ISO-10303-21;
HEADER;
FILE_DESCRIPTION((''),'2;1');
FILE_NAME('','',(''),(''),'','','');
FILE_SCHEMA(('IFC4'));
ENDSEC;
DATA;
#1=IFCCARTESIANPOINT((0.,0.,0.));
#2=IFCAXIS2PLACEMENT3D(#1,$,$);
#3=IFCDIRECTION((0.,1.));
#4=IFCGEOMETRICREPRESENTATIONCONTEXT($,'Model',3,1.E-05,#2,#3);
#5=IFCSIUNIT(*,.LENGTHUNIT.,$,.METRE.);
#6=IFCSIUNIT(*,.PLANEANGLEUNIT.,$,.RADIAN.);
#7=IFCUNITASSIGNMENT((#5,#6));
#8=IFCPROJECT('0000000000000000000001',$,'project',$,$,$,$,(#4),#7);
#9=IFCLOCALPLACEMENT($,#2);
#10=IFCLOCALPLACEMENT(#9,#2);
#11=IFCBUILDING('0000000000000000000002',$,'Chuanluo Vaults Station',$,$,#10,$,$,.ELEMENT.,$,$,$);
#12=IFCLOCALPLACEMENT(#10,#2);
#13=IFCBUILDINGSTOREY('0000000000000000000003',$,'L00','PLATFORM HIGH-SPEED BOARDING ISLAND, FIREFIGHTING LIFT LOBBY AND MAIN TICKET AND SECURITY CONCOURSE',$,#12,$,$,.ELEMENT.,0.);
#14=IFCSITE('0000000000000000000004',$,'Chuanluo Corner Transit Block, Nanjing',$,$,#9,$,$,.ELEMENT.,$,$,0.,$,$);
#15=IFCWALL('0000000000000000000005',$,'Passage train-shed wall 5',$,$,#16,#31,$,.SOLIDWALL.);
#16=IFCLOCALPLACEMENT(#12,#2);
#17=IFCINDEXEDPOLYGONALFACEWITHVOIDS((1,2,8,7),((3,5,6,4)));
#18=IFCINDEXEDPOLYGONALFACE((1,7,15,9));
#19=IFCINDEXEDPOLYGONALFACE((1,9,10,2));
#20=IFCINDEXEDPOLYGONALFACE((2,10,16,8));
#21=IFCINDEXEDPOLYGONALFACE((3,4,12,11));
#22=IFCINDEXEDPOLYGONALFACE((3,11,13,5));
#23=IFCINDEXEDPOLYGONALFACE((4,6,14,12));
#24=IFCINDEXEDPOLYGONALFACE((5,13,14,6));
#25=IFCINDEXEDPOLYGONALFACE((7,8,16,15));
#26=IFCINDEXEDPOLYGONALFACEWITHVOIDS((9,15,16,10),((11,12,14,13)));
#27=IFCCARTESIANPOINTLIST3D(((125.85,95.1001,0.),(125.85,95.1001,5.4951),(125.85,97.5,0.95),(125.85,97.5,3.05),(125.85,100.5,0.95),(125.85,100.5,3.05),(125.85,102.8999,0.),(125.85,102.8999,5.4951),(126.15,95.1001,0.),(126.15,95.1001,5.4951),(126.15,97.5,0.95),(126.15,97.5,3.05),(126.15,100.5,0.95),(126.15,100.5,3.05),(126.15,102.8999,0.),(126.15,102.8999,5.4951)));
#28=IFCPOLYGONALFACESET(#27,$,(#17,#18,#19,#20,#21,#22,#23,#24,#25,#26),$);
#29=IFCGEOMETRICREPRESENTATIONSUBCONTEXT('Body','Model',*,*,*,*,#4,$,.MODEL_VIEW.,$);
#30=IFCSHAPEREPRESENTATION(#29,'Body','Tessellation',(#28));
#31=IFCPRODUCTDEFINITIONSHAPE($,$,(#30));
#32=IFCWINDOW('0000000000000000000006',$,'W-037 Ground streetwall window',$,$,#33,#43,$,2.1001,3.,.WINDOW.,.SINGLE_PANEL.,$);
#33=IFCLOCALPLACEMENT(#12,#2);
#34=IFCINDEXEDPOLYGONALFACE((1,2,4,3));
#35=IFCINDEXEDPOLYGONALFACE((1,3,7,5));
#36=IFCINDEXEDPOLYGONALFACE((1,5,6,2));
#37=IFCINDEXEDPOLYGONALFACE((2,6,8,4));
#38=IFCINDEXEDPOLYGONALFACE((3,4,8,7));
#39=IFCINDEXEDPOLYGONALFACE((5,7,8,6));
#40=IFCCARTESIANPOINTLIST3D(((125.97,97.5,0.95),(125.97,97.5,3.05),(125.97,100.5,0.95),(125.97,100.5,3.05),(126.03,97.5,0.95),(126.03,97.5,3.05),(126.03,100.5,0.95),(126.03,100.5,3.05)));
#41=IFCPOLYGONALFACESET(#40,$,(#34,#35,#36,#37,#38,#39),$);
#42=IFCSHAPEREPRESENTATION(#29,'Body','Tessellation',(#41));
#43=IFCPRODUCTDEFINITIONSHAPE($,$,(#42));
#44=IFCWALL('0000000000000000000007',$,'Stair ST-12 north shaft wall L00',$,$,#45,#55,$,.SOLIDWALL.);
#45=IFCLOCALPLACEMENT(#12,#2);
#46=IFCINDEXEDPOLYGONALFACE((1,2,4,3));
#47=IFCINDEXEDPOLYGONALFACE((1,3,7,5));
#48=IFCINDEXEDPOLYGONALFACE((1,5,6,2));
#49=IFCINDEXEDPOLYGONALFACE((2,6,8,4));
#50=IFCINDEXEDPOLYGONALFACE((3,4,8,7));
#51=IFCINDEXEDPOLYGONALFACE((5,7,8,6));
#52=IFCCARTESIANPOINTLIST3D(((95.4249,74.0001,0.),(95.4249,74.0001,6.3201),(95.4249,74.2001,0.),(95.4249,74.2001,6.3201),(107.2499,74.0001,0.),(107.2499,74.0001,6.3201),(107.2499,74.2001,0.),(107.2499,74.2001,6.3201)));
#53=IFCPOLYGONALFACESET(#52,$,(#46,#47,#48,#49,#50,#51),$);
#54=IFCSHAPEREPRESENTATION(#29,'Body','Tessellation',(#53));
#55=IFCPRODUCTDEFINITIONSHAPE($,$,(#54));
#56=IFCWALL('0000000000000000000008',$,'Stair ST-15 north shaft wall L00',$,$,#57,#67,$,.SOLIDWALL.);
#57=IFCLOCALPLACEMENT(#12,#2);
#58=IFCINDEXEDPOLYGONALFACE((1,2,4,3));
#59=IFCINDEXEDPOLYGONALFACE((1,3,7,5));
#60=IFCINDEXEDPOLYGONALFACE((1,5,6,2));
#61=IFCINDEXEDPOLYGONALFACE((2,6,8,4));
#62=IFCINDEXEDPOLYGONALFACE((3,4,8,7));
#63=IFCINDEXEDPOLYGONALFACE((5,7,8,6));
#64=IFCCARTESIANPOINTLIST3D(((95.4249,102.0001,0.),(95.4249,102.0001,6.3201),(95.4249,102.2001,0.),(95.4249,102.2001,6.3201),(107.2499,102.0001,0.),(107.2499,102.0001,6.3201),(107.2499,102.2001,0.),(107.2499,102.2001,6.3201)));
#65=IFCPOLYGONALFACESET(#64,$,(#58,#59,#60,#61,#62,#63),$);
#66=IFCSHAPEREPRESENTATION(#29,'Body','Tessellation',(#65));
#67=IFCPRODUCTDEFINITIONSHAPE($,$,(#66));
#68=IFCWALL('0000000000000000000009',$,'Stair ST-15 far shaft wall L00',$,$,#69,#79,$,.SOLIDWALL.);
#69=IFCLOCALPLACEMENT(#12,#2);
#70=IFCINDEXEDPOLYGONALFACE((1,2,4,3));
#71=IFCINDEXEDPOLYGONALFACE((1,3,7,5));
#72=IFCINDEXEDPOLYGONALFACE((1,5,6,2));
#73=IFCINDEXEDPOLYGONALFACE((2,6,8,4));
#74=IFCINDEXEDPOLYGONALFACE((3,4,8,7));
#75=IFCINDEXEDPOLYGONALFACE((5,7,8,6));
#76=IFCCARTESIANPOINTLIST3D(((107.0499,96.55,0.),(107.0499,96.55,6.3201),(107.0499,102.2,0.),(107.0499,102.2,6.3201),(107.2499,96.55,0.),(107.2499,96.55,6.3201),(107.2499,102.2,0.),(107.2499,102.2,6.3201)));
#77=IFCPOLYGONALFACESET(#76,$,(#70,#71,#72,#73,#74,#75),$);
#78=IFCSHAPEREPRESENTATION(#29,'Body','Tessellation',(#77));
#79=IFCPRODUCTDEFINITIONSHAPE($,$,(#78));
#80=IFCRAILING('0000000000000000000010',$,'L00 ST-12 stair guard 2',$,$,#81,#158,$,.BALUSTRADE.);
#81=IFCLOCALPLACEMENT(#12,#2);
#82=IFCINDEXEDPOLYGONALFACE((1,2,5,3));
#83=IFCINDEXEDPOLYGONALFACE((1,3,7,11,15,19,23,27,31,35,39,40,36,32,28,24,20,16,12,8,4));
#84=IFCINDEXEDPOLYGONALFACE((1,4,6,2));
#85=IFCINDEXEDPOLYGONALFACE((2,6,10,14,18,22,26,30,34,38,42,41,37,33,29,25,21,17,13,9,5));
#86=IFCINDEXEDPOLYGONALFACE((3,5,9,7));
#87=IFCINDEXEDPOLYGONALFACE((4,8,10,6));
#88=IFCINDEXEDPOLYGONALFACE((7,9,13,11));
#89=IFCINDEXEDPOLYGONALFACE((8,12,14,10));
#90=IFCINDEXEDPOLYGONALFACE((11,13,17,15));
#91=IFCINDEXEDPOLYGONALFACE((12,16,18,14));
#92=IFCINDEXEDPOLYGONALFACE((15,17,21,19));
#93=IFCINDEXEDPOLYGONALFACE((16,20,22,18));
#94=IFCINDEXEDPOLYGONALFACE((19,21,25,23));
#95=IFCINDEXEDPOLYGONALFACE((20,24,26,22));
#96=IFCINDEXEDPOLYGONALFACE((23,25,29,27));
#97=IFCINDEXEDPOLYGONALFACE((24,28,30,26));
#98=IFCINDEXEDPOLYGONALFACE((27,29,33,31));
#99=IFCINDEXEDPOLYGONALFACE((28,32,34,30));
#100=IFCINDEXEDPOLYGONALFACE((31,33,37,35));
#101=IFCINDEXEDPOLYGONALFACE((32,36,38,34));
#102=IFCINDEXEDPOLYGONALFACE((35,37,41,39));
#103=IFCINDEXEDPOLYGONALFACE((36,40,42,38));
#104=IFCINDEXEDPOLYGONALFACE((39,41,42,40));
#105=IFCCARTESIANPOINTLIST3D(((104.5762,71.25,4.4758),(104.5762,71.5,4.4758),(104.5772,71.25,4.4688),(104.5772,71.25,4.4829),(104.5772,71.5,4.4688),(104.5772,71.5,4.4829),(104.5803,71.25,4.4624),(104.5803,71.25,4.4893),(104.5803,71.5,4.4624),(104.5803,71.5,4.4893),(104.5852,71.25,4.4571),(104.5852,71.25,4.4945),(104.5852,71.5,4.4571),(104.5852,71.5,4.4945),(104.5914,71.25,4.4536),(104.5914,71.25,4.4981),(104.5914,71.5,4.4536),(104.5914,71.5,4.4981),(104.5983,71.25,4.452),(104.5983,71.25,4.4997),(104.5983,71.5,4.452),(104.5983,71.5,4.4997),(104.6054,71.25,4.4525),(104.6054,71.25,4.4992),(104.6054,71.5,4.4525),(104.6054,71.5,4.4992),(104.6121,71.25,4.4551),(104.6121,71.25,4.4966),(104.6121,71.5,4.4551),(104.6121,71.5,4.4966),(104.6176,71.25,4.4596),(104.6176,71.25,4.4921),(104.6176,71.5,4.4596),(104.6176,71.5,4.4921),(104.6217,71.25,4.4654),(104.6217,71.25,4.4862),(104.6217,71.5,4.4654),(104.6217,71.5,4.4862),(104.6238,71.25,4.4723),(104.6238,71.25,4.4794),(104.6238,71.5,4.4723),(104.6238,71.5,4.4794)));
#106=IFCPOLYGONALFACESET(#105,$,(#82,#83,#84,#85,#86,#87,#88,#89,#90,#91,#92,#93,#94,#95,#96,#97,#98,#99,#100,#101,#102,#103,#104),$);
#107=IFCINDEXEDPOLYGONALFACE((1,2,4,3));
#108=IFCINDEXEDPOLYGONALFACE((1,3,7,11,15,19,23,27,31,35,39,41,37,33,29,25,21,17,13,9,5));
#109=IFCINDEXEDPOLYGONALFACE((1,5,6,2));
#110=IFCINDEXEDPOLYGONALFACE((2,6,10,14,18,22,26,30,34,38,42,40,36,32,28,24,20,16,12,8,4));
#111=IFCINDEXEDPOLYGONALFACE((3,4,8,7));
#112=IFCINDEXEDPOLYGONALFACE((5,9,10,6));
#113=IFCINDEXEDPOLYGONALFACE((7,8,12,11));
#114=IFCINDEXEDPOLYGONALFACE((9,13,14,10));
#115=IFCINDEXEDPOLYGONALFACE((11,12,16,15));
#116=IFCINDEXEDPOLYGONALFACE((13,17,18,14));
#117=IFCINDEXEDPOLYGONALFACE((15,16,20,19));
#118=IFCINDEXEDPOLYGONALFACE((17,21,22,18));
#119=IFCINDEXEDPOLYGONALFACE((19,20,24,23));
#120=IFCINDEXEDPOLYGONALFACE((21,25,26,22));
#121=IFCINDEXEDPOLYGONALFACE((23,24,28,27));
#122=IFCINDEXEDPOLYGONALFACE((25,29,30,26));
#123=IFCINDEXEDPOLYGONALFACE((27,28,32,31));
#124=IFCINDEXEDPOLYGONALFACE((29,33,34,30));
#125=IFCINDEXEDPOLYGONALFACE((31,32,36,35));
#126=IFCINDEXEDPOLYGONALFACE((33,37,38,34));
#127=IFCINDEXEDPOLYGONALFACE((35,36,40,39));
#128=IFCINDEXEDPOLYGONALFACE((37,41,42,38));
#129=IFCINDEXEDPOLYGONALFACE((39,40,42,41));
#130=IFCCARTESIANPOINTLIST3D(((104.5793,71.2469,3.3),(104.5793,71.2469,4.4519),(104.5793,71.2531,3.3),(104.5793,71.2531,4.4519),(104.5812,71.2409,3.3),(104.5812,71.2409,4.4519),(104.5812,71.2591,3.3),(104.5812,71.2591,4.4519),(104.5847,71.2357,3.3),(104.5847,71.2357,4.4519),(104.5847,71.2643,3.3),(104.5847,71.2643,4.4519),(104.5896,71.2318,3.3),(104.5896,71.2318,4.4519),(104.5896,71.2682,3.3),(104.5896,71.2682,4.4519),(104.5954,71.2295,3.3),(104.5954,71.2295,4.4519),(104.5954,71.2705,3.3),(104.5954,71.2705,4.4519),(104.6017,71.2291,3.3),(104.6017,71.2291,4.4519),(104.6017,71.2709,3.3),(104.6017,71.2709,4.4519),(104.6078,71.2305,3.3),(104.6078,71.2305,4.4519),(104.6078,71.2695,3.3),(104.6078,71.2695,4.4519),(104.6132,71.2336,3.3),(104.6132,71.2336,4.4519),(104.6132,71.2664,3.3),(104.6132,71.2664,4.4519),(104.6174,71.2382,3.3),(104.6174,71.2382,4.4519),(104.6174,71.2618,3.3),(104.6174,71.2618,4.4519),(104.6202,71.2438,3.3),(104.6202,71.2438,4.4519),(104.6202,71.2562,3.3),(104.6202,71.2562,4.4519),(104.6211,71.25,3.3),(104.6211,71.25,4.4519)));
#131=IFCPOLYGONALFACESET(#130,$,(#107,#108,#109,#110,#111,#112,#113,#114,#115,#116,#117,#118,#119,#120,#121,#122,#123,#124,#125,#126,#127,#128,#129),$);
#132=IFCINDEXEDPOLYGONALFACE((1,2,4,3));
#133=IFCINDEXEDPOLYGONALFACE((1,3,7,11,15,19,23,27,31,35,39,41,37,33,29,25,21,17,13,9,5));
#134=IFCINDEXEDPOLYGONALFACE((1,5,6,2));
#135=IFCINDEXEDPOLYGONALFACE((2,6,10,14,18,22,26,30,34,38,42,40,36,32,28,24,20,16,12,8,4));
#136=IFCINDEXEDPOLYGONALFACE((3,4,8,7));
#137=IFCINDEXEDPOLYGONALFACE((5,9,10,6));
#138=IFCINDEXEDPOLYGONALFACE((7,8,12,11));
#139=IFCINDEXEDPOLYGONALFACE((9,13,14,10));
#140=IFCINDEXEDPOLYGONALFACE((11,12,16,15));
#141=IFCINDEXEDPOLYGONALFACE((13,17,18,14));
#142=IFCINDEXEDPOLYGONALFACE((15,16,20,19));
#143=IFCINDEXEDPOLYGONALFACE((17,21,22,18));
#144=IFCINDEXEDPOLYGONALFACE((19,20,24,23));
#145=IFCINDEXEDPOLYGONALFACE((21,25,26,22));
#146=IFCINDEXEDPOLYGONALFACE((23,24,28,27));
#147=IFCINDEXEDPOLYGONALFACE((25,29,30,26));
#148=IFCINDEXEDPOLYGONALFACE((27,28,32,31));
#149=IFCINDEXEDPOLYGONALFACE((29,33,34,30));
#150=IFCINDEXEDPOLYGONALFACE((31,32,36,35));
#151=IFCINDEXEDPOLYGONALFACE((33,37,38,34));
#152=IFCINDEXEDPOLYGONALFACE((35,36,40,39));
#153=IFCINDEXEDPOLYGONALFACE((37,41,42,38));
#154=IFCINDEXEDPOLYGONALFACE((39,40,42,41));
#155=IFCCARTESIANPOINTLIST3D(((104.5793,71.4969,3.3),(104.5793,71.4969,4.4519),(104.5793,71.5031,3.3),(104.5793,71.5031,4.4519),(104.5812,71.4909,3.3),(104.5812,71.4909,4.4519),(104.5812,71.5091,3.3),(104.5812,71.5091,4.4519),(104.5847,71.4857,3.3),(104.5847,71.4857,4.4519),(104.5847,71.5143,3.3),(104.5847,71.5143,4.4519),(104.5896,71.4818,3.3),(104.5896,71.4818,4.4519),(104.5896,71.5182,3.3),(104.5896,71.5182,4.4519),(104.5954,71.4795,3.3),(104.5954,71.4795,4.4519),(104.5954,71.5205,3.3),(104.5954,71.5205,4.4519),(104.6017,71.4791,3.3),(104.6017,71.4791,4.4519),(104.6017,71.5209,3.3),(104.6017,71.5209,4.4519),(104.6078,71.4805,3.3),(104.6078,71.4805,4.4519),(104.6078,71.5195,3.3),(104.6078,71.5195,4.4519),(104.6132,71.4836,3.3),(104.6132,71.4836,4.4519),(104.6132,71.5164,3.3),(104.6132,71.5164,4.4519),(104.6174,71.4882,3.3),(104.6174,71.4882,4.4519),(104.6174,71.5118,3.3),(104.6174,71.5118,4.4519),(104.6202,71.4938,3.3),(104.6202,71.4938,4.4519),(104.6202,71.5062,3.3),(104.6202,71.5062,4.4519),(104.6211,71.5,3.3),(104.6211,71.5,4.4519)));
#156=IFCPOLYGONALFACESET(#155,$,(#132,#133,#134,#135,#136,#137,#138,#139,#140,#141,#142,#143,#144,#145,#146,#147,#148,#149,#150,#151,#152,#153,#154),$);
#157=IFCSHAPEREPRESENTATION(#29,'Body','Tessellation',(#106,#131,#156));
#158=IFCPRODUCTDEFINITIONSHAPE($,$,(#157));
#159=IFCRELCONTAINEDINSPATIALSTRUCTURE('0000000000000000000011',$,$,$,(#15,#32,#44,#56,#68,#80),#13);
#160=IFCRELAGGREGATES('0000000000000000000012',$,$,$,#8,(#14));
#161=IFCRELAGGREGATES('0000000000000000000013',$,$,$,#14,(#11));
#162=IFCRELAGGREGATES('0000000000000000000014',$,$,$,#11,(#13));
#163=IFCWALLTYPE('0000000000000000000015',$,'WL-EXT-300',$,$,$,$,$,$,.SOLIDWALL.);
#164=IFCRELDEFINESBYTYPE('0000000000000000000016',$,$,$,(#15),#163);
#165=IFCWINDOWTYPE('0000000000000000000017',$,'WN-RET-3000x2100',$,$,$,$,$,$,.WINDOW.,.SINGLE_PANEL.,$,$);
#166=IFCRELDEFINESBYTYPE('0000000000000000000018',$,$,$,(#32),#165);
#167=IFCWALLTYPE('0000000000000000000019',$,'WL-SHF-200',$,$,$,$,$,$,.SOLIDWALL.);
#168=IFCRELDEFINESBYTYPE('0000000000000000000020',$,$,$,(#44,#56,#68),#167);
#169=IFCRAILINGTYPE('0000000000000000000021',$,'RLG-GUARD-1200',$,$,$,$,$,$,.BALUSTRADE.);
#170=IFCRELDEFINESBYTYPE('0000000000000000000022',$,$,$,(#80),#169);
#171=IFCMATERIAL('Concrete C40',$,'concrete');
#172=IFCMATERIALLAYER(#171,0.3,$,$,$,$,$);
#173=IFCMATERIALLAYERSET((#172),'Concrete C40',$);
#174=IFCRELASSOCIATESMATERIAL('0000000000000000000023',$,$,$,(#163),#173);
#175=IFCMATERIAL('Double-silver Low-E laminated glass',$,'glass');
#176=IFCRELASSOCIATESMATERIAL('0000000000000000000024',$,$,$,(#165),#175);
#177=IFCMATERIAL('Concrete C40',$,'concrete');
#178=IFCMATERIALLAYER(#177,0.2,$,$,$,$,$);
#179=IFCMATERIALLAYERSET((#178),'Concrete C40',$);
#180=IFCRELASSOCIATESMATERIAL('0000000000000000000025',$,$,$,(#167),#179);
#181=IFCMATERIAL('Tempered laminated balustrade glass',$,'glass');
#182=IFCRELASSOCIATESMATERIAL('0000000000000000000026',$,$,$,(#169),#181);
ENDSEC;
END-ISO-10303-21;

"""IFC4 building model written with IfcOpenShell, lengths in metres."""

from ifc_helpers import new_model, si_unit, direction, frame, frame_2d, origin, origin_2d, place, context, subcontext, project, spatial, rectangle, circle, extrude, material, layer, layer_set, type_object, element, fill, save


model = new_model("IFC4")

# Units and contexts
model_context = context("Model", 3, precision=1e-05, world=origin(), true_north=direction((0.0, 1.0)))
body_context = subcontext(model_context, "Body", "Model", "MODEL_VIEW")
ifc_project = project(units=[si_unit("LENGTHUNIT", "METRE"), si_unit("PLANEANGLEUNIT", "RADIAN")], contexts=[model_context])

# Site, building, storey
site_placement = place(None, origin())
site = spatial("IfcSite", under=ifc_project, at=site_placement, Name="Chuanluo Corner Transit Block, Nanjing", CompositionType="ELEMENT", RefElevation=0.0)
building_placement = place(site_placement, origin())
building = spatial("IfcBuilding", under=site, at=building_placement, Name="Chuanluo Vaults Station", CompositionType="ELEMENT")
storey_placement = place(building_placement, origin())
storey = spatial("IfcBuildingStorey", under=building, at=storey_placement, Name="L00", Description="PLATFORM HIGH-SPEED BOARDING ISLAND, FIREFIGHTING LIFT LOBBY AND MAIN TICKET AND SECURITY CONCOURSE", CompositionType="ELEMENT", Elevation=0.0)

# Shared definitions
ifc_material_1 = material(Name="Concrete C40", Category="concrete")
ifc_layer_1 = layer(ifc_material_1, 0.3)
ifc_layer_set_1 = layer_set([ifc_layer_1], Name="Concrete C40")
wall_type_1 = type_object("IfcWallType", Name="WL-EXT-300", PredefinedType="SOLIDWALL", material=ifc_layer_set_1)

# Wall, opening, window
wall_1_placement = place(storey_placement, frame((126.0, 102.8999, 0.0), z_axis=(0.0, 0.0, 1.0), x_axis=(0.0, -1.0, 0.0)))
wall_1 = element("IfcWall", 1, at=wall_1_placement, inside=storey, type_object=wall_type_1, Name="Passage train-shed wall 5", PredefinedType="SOLIDWALL", context=body_context, shape_type="SweptSolid", body=[
    extrude(rectangle(XDim=7.7998, YDim=0.3, at=frame_2d((3.8999, 0.0))), origin(), (0.0, 0.0, 1.0), 5.4951),
])
opening_1_placement = place(wall_1_placement, frame((2.3999, 0.0, 0.95)))
opening_1 = element("IfcOpeningElement", 2, at=opening_1_placement, cuts=wall_1, PredefinedType="OPENING", context=body_context, shape_type="SweptSolid", body=[
    extrude(rectangle(XDim=3.0, YDim=2.1001, at=frame_2d((1.5, 1.05))), frame((0.0, 0.1599, 0.0), z_axis=(0.0, -1.0, 0.0), x_axis=(1.0, 0.0, 0.0)), (0.0, 0.0, 1.0), 0.3201),
])
ifc_material_2 = material(Name="Double-silver Low-E laminated glass", Category="glass")
window_type_1 = type_object("IfcWindowType", Name="WN-RET-3000x2100", PartitioningType="SINGLE_PANEL", PredefinedType="WINDOW", material=ifc_material_2)
window_1_placement = place(opening_1_placement, origin())
window_1 = element("IfcWindow", 3, at=window_1_placement, inside=storey, type_object=window_type_1, Name="W-037 Ground streetwall window", OverallHeight=2.1001, OverallWidth=3.0, PartitioningType="SINGLE_PANEL", PredefinedType="WINDOW", context=body_context, shape_type="SweptSolid", body=[
    extrude(rectangle(XDim=3.0, YDim=2.1001, at=frame_2d((1.5, 1.05))), frame((0.0, 0.03, 0.0), z_axis=(0.0, -1.0, 0.0), x_axis=(1.0, 0.0, 0.0)), (0.0, 0.0, 1.0), 0.0601),
])
fill(opening_1, window_1)

# Walls
ifc_material_3 = material(Name="Concrete C40", Category="concrete")
ifc_layer_2 = layer(ifc_material_3, 0.2)
ifc_layer_set_2 = layer_set([ifc_layer_2], Name="Concrete C40")
wall_type_2 = type_object("IfcWallType", Name="WL-SHF-200", PredefinedType="SOLIDWALL", material=ifc_layer_set_2)
for number, where, z_axis, x_axis, name in (
    (4, (107.25, 74.1001, 0.0), (0.0, 0.0, 1.0), (-1.0, 0.0, 0.0), "Stair ST-12 north shaft wall L00"),
    (5, (107.25, 102.1001, 0.0), (0.0, 0.0, 1.0), (-1.0, 0.0, 0.0), "Stair ST-15 north shaft wall L00"),
):
    element("IfcWall", number, at=place(storey_placement, frame(where, z_axis=z_axis, x_axis=x_axis)), inside=storey, type_object=wall_type_2, Name=name, PredefinedType="SOLIDWALL", context=body_context, shape_type="SweptSolid", body=[
        extrude(rectangle(XDim=11.825, YDim=0.2, at=frame_2d((5.9126, 0.0))), origin(), (0.0, 0.0, 1.0), 6.3201),
    ])
wall_2_placement = place(storey_placement, frame((107.1499, 96.55, 0.0), z_axis=(0.0, 0.0, 1.0), x_axis=(0.0, 1.0, 0.0)))
element("IfcWall", 6, at=wall_2_placement, inside=storey, type_object=wall_type_2, Name="Stair ST-15 far shaft wall L00", PredefinedType="SOLIDWALL", context=body_context, shape_type="SweptSolid", body=[
    extrude(rectangle(XDim=5.6499, YDim=0.2, at=frame_2d((2.825, 0.0))), origin(), (0.0, 0.0, 1.0), 6.3201),
])

# Railing
ifc_material_4 = material(Name="Tempered laminated balustrade glass", Category="glass")
railing_type = type_object("IfcRailingType", Name="RLG-GUARD-1200", PredefinedType="BALUSTRADE", material=ifc_material_4)
for number, where, name in (
    (7, (104.6001, 71.25, 3.3), "L00 ST-12 stair guard 2"),
):
    element("IfcRailing", number, at=place(storey_placement, frame(where)), inside=storey, type_object=railing_type, Name=name, PredefinedType="BALUSTRADE", context=body_context, shape_type="SweptSolid", body=[
        extrude(circle(Radius=0.0239, at=origin_2d()), frame((0.0, 0.0, 1.1758), z_axis=(0.0, 1.0, 0.0), x_axis=(-1.0, 0.0, 0.0)), (0.0, 0.0, 1.0), 0.25),
        extrude(circle(Radius=0.021, at=origin_2d()), origin(), (0.0, 0.0, 1.0), 1.1519),
        extrude(circle(Radius=0.021, at=origin_2d()), frame((0.0, 0.25, 0.0)), (0.0, 0.0, 1.0), 1.1519),
    ])

save(model, "model.ifc")
